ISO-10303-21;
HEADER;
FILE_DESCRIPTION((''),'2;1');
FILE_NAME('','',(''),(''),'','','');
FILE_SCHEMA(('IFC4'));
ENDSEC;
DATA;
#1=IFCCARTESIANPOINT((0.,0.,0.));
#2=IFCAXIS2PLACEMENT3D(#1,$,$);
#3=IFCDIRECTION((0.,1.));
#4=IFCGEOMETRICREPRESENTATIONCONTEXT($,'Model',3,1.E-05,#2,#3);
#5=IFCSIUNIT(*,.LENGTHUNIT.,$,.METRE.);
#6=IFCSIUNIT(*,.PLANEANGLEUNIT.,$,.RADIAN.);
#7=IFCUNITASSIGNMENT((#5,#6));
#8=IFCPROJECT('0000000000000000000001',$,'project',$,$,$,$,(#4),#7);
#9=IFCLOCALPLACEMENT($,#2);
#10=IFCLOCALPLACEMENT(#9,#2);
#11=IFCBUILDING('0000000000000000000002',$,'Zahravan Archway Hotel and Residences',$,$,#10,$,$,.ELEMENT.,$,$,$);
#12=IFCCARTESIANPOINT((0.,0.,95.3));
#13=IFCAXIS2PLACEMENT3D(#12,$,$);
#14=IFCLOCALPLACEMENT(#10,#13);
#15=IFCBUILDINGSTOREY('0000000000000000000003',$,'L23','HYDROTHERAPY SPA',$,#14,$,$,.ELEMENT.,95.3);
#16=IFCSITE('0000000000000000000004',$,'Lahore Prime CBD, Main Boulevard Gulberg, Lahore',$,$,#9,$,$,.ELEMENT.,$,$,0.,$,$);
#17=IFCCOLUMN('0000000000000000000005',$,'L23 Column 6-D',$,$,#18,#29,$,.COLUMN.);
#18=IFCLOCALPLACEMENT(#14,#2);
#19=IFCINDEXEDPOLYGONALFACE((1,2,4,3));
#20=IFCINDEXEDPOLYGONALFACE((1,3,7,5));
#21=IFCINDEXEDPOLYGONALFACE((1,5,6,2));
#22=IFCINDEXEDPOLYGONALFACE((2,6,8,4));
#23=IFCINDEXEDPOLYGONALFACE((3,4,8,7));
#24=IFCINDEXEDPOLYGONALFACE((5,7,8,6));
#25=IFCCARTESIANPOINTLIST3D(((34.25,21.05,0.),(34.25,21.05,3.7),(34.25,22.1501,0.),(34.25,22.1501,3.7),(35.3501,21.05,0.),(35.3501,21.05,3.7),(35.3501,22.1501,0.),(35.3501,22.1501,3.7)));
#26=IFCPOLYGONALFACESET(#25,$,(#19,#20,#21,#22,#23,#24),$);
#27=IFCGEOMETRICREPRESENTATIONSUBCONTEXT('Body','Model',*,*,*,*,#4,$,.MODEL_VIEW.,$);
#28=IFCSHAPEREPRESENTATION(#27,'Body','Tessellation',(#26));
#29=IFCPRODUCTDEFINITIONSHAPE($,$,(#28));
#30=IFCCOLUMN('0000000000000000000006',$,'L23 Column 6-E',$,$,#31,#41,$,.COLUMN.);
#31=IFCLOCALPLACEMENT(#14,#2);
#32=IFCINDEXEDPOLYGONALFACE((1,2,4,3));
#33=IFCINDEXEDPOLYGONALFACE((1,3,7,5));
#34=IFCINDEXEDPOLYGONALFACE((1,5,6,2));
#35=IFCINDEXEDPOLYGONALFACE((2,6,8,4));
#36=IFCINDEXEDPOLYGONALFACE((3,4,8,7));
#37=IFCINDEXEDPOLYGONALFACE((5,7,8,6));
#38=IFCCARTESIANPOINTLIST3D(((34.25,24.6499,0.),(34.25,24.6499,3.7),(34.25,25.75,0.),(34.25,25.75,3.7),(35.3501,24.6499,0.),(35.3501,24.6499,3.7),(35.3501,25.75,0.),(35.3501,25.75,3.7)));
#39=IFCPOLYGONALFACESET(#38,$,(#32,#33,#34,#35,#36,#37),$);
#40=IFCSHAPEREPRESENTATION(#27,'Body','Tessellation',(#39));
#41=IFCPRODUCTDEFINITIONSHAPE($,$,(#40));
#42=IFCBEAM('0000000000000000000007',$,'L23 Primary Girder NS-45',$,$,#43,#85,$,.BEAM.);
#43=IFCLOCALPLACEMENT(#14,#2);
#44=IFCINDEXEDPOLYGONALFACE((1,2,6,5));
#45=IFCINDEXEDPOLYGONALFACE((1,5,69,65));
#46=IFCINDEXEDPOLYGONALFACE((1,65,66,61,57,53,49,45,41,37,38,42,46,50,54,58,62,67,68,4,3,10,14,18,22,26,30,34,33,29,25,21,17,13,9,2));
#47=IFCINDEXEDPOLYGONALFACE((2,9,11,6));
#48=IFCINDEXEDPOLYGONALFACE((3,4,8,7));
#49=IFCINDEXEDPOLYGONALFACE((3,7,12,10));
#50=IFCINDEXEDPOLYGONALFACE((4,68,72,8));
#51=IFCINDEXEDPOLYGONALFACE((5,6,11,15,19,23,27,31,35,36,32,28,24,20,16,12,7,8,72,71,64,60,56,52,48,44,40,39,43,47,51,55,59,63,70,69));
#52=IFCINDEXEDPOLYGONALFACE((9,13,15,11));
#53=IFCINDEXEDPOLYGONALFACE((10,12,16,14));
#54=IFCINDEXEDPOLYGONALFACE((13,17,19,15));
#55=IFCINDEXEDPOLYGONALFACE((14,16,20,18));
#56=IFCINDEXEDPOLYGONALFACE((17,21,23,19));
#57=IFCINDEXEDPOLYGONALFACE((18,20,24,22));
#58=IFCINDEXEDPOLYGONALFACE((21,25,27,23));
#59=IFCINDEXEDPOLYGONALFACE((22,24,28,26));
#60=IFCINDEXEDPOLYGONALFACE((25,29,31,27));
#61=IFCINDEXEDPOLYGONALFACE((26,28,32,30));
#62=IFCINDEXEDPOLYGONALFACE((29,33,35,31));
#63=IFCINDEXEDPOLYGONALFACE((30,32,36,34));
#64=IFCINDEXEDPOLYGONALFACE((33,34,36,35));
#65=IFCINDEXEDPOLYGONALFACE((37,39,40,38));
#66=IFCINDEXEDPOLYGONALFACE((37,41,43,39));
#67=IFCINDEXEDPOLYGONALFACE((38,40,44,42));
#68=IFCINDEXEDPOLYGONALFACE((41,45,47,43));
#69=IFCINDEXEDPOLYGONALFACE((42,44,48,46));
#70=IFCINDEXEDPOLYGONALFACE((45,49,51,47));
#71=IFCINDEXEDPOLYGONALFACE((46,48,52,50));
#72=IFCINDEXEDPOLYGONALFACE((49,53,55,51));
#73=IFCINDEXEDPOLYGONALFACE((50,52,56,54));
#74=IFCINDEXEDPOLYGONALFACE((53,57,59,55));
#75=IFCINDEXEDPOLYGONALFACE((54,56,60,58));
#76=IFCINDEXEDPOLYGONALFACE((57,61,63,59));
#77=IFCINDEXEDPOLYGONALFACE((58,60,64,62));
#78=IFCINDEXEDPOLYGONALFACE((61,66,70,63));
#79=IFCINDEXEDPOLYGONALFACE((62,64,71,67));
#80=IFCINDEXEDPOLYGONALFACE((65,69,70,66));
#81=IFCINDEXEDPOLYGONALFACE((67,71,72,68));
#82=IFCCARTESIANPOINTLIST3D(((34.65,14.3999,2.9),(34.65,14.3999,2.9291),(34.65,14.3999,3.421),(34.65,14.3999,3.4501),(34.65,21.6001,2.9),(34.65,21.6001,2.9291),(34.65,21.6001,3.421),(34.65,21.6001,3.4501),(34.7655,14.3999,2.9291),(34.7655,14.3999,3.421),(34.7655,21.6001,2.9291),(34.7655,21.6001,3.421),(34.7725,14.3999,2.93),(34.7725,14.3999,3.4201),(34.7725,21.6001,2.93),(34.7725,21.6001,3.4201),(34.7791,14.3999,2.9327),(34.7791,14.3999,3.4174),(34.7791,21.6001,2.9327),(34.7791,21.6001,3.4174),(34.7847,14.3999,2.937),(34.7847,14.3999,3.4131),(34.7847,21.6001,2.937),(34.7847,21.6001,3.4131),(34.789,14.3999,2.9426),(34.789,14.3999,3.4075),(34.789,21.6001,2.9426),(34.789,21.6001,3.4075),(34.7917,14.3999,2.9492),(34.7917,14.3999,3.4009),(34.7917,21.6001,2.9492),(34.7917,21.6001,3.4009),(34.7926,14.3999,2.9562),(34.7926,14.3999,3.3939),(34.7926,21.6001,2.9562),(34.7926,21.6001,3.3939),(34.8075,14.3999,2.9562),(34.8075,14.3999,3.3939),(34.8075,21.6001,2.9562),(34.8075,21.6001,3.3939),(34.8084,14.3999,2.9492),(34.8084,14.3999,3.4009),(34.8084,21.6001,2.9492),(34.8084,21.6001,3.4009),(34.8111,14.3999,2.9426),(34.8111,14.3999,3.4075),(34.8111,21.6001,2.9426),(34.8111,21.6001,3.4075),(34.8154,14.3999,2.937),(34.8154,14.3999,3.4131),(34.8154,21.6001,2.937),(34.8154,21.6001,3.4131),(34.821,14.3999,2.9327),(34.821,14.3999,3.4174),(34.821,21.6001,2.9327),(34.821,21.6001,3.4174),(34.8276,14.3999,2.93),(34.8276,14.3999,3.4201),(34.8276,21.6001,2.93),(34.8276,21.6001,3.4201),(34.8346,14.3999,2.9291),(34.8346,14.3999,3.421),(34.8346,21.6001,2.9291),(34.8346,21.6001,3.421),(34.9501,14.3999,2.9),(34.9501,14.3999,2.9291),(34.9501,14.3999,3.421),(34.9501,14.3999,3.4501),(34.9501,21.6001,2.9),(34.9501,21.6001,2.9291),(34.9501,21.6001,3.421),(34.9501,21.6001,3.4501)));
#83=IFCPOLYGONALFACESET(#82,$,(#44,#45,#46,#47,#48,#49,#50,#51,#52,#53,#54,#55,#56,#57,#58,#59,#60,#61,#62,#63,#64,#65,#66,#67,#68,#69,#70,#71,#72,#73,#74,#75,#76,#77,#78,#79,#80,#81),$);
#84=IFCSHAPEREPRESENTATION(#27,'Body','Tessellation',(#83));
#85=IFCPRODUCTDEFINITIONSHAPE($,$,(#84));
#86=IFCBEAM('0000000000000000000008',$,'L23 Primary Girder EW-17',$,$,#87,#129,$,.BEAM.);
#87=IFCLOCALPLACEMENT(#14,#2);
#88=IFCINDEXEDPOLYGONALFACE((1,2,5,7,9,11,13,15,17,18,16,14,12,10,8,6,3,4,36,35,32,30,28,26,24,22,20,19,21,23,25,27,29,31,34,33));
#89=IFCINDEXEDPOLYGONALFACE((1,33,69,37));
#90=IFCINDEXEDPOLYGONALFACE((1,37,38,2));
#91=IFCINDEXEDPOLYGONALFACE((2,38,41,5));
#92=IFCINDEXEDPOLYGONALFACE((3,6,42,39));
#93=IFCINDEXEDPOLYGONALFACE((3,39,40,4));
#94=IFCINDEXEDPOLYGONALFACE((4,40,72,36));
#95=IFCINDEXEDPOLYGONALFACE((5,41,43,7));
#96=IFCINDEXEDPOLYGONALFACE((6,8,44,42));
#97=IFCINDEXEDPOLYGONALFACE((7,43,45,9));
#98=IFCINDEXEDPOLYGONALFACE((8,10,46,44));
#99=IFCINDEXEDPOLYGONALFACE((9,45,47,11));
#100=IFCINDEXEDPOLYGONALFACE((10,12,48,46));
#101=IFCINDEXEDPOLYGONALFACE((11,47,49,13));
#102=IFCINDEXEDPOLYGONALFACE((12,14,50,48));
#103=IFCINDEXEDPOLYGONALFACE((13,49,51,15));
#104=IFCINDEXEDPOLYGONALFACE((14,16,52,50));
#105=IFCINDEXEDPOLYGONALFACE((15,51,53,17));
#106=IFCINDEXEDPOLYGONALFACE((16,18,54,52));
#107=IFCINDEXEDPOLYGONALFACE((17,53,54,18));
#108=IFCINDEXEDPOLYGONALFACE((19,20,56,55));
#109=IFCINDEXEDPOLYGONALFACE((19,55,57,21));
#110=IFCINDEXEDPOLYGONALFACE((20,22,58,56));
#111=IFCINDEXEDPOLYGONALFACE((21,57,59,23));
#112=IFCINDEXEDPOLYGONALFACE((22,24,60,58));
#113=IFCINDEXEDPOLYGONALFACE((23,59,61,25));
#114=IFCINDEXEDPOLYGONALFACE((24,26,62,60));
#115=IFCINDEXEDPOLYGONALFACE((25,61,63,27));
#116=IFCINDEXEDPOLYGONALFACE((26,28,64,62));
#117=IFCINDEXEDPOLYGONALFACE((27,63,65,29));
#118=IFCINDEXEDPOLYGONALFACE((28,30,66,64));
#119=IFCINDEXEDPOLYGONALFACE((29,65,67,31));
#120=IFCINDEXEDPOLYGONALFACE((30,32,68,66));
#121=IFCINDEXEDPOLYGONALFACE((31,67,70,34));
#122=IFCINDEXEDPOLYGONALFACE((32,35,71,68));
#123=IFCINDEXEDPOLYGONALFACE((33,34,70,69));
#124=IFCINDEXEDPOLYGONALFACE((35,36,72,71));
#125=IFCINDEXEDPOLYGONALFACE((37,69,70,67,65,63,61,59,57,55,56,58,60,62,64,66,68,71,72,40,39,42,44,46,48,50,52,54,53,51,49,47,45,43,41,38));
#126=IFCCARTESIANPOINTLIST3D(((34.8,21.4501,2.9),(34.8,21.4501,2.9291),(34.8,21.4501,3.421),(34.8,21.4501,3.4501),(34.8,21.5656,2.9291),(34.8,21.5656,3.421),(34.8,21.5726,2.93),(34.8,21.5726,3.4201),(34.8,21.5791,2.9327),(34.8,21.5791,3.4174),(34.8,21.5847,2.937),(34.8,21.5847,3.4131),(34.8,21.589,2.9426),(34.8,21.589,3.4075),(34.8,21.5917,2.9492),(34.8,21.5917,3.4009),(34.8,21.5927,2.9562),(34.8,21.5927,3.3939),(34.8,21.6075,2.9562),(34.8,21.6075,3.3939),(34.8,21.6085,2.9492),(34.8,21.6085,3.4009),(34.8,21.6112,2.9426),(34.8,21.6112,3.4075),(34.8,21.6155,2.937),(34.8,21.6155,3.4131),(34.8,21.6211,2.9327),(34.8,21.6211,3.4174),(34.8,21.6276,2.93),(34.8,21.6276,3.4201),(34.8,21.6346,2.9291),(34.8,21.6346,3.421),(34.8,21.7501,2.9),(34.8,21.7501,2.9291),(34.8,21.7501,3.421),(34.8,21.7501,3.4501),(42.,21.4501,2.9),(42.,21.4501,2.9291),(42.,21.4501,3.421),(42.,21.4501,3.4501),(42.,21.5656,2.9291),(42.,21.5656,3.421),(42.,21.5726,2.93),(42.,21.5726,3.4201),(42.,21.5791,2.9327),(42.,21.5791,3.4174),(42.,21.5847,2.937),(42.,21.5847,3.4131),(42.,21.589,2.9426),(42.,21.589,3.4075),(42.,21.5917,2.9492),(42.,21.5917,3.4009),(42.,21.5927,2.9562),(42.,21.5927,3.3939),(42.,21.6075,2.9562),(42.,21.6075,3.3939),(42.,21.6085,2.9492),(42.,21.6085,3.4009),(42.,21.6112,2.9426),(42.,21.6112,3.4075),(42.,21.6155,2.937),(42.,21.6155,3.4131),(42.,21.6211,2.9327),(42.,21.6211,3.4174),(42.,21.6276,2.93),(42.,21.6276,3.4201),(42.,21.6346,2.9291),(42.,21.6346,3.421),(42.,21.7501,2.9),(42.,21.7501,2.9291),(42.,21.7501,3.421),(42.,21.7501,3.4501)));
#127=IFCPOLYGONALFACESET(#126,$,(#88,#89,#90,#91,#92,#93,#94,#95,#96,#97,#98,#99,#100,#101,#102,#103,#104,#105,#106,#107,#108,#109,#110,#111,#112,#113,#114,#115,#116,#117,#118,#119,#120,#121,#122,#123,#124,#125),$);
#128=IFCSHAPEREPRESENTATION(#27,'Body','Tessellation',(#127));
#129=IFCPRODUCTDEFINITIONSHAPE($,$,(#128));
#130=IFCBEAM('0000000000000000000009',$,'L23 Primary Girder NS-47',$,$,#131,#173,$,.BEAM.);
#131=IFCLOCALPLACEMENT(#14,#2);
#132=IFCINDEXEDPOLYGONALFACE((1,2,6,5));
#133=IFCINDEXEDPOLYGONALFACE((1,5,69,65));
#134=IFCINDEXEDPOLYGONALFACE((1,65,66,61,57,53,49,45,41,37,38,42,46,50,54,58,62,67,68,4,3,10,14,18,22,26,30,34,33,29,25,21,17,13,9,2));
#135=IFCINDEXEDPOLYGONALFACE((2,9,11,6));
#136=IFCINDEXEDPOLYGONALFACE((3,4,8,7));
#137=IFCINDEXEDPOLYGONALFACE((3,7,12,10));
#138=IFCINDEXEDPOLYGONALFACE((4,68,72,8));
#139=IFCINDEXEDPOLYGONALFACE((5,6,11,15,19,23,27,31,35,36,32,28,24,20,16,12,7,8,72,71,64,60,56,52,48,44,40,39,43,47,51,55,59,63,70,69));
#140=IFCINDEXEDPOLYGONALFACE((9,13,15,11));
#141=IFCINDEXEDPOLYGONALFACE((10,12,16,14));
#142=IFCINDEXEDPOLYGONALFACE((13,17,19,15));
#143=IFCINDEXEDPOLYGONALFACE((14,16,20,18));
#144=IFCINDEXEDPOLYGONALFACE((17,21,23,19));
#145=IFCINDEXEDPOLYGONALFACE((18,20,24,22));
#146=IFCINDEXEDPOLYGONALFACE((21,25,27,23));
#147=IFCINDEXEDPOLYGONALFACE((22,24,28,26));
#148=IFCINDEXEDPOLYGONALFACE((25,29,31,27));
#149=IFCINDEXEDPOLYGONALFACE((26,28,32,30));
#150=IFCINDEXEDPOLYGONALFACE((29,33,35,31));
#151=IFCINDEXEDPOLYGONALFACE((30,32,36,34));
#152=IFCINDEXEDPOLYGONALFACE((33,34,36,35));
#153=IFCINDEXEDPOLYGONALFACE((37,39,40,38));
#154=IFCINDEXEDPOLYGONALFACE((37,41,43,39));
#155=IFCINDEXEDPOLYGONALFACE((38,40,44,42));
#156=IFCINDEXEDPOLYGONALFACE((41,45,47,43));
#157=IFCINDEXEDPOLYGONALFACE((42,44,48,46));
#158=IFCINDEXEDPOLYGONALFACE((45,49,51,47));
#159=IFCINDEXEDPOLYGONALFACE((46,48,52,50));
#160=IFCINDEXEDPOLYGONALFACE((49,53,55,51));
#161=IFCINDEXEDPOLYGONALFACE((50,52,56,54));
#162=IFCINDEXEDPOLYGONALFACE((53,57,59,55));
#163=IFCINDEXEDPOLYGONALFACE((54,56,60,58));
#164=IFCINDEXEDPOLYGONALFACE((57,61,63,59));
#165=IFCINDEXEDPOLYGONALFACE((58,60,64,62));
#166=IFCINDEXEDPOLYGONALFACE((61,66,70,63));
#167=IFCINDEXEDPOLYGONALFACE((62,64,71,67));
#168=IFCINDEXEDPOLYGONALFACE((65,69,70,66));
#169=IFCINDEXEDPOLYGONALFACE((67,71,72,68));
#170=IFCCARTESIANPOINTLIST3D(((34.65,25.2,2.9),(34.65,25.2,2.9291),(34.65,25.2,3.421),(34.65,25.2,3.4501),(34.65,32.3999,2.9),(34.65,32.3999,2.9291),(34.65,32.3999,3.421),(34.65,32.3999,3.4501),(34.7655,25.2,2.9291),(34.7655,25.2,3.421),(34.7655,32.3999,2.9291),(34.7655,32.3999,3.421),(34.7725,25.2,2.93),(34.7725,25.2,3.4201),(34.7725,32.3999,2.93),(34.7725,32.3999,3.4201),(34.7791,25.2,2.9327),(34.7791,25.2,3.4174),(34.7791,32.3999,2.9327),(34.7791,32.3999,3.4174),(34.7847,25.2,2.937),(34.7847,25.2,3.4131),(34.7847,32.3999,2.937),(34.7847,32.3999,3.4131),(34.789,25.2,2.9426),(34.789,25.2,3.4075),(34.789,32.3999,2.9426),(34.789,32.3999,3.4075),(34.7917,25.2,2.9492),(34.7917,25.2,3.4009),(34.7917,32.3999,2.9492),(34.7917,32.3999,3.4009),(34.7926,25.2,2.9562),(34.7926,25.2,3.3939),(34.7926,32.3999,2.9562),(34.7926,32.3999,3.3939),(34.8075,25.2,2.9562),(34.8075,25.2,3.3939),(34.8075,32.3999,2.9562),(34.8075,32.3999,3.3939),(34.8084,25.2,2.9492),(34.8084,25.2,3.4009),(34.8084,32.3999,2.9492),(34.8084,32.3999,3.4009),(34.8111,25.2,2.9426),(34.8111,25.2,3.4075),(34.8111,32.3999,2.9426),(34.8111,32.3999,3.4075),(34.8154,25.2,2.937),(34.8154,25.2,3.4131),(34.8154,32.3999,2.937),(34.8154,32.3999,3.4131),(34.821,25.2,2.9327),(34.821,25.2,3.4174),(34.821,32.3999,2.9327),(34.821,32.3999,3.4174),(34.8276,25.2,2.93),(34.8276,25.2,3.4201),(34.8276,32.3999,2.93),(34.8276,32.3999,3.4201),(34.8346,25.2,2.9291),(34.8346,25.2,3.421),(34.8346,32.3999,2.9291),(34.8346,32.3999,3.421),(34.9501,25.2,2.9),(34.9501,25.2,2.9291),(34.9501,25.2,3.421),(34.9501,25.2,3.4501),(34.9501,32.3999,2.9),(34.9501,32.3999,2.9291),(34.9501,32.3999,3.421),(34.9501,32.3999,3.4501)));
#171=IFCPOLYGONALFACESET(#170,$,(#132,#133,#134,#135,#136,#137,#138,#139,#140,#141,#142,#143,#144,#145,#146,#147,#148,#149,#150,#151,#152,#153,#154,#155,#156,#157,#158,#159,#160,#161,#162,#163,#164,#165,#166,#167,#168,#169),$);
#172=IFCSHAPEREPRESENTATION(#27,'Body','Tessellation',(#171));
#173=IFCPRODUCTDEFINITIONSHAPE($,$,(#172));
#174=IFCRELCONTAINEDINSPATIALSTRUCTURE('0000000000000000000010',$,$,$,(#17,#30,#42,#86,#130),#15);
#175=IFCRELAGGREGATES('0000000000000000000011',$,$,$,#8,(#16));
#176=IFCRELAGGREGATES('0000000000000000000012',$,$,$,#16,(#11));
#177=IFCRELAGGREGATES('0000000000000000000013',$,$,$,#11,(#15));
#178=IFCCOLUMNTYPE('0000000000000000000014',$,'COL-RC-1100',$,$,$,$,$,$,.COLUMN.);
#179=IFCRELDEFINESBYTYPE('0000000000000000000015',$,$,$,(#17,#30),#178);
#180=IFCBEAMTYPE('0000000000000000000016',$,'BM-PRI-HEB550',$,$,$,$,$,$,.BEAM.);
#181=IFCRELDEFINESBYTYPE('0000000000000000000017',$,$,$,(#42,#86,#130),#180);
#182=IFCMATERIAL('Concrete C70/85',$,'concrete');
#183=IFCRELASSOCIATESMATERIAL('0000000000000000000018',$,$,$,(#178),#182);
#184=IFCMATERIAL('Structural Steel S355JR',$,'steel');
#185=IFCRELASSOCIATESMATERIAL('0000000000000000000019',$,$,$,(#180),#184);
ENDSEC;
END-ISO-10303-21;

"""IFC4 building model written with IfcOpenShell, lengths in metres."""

from ifc_helpers import new_model, si_unit, direction, frame, origin, origin_2d, place, context, subcontext, project, spatial, rectangle, i_section, extrude, source, transform, mapped, material, material_profile, profile_set, type_object, type_shapes, element, save


model = new_model("IFC4")

# Units and contexts
model_context = context("Model", 3, precision=1e-05, world=origin(), true_north=direction((0.0, 1.0)))
body_context = subcontext(model_context, "Body", "Model", "MODEL_VIEW")
ifc_project = project(units=[si_unit("LENGTHUNIT", "METRE"), si_unit("PLANEANGLEUNIT", "RADIAN")], contexts=[model_context])

# Site, building, storey
site_placement = place(None, origin())
site = spatial("IfcSite", under=ifc_project, at=site_placement, Name="Lahore Prime CBD, Main Boulevard Gulberg, Lahore", CompositionType="ELEMENT", RefElevation=0.0)
building_placement = place(site_placement, origin())
building = spatial("IfcBuilding", under=site, at=building_placement, Name="Zahravan Archway Hotel and Residences", CompositionType="ELEMENT")
storey_placement = place(building_placement, frame((0.0, 0.0, 95.3)))
storey = spatial("IfcBuildingStorey", under=building, at=storey_placement, Name="L23", Description="HYDROTHERAPY SPA", CompositionType="ELEMENT", Elevation=95.3)

# Columns
ifc_material_1 = material(Name="Concrete C70/85", Category="concrete")
ifc_material_profile_1 = material_profile(ifc_material_1, rectangle(XDim=1.1001, YDim=1.1001, at=origin_2d()), Name="RC 1100x1100", Category="concrete")
ifc_profile_set_1 = profile_set([ifc_material_profile_1], Name="Concrete C70/85")
column_type = type_object("IfcColumnType", Name="COL-RC-1100", PredefinedType="COLUMN", material=ifc_profile_set_1)
shared_shape_1 = source(origin(), body_context, "Body", "SweptSolid", [
    extrude(rectangle(XDim=1.1001, YDim=1.1001, at=origin_2d()), origin(), (0.0, 0.0, 1.0), 3.7),
])
for number, where, z_axis, x_axis, name in (
    (1, (34.8, 21.6001, 0.0), (0.0, 0.0, 1.0), (1.0, 0.0, 0.0), "L23 Column 6-D"),
    (2, (34.8, 25.2, 0.0), (0.0, 0.0, 1.0), (1.0, 0.0, 0.0), "L23 Column 6-E"),
):
    element("IfcColumn", number, at=place(storey_placement, frame(where, z_axis=z_axis, x_axis=x_axis)), inside=storey, type_object=column_type, Name=name, PredefinedType="COLUMN", context=body_context, shape_type="MappedRepresentation", body=[
        mapped(shared_shape_1, transform((0.0, 0.0, 0.0), scale=1.0)),
    ])

# Beams
ifc_material_2 = material(Name="Structural Steel S355JR", Category="steel")
ifc_material_profile_2 = material_profile(ifc_material_2, i_section(OverallWidth=0.3, OverallDepth=0.55, WebThickness=0.0149, FlangeThickness=0.0291, FilletRadius=0.0271, at=origin_2d()), Name="HEB 550", Category="steel")
ifc_profile_set_2 = profile_set([ifc_material_profile_2], Name="Structural Steel S355JR")
beam_type = type_object("IfcBeamType", Name="BM-PRI-HEB550", PredefinedType="BEAM", material=ifc_profile_set_2)
shared_shape_2 = source(origin(), body_context, "Body", "SweptSolid", [
    extrude(i_section(OverallWidth=0.3, OverallDepth=0.55, WebThickness=0.0149, FlangeThickness=0.0291, FilletRadius=0.0271, at=origin_2d()), origin(), (0.0, 0.0, 1.0), 7.2002),
])
type_shapes(beam_type, [shared_shape_2])
beam_1_placement = place(storey_placement, frame((34.8, 14.3999, 3.175), z_axis=(0.0, 1.0, 0.0), x_axis=(-1.0, 0.0, 0.0)))
element("IfcBeam", 3, at=beam_1_placement, inside=storey, type_object=beam_type, Name="L23 Primary Girder NS-45", PredefinedType="BEAM", context=body_context, shape_type="MappedRepresentation", body=[
    mapped(shared_shape_2, transform((0.0, 0.0, 0.0), scale=1.0)),
])
shared_shape_3 = source(origin(), body_context, "Body", "SweptSolid", [
    extrude(i_section(OverallWidth=0.3, OverallDepth=0.55, WebThickness=0.0149, FlangeThickness=0.0291, FilletRadius=0.0271, at=origin_2d()), origin(), (0.0, 0.0, 1.0), 7.2),
])
for number, where, z_axis, x_axis, name in (
    (4, (34.8, 21.6001, 3.175), (1.0, 0.0, 0.0), (0.0, 1.0, 0.0), "L23 Primary Girder EW-17"),
    (5, (34.8, 25.2, 3.175), (0.0, 1.0, 0.0), (-1.0, 0.0, 0.0), "L23 Primary Girder NS-47"),
):
    element("IfcBeam", number, at=place(storey_placement, frame(where, z_axis=z_axis, x_axis=x_axis)), inside=storey, type_object=beam_type, Name=name, PredefinedType="BEAM", context=body_context, shape_type="MappedRepresentation", body=[
        mapped(shared_shape_3, transform((0.0, 0.0, 0.0), scale=1.0)),
    ])

save(model, "model.ifc")
